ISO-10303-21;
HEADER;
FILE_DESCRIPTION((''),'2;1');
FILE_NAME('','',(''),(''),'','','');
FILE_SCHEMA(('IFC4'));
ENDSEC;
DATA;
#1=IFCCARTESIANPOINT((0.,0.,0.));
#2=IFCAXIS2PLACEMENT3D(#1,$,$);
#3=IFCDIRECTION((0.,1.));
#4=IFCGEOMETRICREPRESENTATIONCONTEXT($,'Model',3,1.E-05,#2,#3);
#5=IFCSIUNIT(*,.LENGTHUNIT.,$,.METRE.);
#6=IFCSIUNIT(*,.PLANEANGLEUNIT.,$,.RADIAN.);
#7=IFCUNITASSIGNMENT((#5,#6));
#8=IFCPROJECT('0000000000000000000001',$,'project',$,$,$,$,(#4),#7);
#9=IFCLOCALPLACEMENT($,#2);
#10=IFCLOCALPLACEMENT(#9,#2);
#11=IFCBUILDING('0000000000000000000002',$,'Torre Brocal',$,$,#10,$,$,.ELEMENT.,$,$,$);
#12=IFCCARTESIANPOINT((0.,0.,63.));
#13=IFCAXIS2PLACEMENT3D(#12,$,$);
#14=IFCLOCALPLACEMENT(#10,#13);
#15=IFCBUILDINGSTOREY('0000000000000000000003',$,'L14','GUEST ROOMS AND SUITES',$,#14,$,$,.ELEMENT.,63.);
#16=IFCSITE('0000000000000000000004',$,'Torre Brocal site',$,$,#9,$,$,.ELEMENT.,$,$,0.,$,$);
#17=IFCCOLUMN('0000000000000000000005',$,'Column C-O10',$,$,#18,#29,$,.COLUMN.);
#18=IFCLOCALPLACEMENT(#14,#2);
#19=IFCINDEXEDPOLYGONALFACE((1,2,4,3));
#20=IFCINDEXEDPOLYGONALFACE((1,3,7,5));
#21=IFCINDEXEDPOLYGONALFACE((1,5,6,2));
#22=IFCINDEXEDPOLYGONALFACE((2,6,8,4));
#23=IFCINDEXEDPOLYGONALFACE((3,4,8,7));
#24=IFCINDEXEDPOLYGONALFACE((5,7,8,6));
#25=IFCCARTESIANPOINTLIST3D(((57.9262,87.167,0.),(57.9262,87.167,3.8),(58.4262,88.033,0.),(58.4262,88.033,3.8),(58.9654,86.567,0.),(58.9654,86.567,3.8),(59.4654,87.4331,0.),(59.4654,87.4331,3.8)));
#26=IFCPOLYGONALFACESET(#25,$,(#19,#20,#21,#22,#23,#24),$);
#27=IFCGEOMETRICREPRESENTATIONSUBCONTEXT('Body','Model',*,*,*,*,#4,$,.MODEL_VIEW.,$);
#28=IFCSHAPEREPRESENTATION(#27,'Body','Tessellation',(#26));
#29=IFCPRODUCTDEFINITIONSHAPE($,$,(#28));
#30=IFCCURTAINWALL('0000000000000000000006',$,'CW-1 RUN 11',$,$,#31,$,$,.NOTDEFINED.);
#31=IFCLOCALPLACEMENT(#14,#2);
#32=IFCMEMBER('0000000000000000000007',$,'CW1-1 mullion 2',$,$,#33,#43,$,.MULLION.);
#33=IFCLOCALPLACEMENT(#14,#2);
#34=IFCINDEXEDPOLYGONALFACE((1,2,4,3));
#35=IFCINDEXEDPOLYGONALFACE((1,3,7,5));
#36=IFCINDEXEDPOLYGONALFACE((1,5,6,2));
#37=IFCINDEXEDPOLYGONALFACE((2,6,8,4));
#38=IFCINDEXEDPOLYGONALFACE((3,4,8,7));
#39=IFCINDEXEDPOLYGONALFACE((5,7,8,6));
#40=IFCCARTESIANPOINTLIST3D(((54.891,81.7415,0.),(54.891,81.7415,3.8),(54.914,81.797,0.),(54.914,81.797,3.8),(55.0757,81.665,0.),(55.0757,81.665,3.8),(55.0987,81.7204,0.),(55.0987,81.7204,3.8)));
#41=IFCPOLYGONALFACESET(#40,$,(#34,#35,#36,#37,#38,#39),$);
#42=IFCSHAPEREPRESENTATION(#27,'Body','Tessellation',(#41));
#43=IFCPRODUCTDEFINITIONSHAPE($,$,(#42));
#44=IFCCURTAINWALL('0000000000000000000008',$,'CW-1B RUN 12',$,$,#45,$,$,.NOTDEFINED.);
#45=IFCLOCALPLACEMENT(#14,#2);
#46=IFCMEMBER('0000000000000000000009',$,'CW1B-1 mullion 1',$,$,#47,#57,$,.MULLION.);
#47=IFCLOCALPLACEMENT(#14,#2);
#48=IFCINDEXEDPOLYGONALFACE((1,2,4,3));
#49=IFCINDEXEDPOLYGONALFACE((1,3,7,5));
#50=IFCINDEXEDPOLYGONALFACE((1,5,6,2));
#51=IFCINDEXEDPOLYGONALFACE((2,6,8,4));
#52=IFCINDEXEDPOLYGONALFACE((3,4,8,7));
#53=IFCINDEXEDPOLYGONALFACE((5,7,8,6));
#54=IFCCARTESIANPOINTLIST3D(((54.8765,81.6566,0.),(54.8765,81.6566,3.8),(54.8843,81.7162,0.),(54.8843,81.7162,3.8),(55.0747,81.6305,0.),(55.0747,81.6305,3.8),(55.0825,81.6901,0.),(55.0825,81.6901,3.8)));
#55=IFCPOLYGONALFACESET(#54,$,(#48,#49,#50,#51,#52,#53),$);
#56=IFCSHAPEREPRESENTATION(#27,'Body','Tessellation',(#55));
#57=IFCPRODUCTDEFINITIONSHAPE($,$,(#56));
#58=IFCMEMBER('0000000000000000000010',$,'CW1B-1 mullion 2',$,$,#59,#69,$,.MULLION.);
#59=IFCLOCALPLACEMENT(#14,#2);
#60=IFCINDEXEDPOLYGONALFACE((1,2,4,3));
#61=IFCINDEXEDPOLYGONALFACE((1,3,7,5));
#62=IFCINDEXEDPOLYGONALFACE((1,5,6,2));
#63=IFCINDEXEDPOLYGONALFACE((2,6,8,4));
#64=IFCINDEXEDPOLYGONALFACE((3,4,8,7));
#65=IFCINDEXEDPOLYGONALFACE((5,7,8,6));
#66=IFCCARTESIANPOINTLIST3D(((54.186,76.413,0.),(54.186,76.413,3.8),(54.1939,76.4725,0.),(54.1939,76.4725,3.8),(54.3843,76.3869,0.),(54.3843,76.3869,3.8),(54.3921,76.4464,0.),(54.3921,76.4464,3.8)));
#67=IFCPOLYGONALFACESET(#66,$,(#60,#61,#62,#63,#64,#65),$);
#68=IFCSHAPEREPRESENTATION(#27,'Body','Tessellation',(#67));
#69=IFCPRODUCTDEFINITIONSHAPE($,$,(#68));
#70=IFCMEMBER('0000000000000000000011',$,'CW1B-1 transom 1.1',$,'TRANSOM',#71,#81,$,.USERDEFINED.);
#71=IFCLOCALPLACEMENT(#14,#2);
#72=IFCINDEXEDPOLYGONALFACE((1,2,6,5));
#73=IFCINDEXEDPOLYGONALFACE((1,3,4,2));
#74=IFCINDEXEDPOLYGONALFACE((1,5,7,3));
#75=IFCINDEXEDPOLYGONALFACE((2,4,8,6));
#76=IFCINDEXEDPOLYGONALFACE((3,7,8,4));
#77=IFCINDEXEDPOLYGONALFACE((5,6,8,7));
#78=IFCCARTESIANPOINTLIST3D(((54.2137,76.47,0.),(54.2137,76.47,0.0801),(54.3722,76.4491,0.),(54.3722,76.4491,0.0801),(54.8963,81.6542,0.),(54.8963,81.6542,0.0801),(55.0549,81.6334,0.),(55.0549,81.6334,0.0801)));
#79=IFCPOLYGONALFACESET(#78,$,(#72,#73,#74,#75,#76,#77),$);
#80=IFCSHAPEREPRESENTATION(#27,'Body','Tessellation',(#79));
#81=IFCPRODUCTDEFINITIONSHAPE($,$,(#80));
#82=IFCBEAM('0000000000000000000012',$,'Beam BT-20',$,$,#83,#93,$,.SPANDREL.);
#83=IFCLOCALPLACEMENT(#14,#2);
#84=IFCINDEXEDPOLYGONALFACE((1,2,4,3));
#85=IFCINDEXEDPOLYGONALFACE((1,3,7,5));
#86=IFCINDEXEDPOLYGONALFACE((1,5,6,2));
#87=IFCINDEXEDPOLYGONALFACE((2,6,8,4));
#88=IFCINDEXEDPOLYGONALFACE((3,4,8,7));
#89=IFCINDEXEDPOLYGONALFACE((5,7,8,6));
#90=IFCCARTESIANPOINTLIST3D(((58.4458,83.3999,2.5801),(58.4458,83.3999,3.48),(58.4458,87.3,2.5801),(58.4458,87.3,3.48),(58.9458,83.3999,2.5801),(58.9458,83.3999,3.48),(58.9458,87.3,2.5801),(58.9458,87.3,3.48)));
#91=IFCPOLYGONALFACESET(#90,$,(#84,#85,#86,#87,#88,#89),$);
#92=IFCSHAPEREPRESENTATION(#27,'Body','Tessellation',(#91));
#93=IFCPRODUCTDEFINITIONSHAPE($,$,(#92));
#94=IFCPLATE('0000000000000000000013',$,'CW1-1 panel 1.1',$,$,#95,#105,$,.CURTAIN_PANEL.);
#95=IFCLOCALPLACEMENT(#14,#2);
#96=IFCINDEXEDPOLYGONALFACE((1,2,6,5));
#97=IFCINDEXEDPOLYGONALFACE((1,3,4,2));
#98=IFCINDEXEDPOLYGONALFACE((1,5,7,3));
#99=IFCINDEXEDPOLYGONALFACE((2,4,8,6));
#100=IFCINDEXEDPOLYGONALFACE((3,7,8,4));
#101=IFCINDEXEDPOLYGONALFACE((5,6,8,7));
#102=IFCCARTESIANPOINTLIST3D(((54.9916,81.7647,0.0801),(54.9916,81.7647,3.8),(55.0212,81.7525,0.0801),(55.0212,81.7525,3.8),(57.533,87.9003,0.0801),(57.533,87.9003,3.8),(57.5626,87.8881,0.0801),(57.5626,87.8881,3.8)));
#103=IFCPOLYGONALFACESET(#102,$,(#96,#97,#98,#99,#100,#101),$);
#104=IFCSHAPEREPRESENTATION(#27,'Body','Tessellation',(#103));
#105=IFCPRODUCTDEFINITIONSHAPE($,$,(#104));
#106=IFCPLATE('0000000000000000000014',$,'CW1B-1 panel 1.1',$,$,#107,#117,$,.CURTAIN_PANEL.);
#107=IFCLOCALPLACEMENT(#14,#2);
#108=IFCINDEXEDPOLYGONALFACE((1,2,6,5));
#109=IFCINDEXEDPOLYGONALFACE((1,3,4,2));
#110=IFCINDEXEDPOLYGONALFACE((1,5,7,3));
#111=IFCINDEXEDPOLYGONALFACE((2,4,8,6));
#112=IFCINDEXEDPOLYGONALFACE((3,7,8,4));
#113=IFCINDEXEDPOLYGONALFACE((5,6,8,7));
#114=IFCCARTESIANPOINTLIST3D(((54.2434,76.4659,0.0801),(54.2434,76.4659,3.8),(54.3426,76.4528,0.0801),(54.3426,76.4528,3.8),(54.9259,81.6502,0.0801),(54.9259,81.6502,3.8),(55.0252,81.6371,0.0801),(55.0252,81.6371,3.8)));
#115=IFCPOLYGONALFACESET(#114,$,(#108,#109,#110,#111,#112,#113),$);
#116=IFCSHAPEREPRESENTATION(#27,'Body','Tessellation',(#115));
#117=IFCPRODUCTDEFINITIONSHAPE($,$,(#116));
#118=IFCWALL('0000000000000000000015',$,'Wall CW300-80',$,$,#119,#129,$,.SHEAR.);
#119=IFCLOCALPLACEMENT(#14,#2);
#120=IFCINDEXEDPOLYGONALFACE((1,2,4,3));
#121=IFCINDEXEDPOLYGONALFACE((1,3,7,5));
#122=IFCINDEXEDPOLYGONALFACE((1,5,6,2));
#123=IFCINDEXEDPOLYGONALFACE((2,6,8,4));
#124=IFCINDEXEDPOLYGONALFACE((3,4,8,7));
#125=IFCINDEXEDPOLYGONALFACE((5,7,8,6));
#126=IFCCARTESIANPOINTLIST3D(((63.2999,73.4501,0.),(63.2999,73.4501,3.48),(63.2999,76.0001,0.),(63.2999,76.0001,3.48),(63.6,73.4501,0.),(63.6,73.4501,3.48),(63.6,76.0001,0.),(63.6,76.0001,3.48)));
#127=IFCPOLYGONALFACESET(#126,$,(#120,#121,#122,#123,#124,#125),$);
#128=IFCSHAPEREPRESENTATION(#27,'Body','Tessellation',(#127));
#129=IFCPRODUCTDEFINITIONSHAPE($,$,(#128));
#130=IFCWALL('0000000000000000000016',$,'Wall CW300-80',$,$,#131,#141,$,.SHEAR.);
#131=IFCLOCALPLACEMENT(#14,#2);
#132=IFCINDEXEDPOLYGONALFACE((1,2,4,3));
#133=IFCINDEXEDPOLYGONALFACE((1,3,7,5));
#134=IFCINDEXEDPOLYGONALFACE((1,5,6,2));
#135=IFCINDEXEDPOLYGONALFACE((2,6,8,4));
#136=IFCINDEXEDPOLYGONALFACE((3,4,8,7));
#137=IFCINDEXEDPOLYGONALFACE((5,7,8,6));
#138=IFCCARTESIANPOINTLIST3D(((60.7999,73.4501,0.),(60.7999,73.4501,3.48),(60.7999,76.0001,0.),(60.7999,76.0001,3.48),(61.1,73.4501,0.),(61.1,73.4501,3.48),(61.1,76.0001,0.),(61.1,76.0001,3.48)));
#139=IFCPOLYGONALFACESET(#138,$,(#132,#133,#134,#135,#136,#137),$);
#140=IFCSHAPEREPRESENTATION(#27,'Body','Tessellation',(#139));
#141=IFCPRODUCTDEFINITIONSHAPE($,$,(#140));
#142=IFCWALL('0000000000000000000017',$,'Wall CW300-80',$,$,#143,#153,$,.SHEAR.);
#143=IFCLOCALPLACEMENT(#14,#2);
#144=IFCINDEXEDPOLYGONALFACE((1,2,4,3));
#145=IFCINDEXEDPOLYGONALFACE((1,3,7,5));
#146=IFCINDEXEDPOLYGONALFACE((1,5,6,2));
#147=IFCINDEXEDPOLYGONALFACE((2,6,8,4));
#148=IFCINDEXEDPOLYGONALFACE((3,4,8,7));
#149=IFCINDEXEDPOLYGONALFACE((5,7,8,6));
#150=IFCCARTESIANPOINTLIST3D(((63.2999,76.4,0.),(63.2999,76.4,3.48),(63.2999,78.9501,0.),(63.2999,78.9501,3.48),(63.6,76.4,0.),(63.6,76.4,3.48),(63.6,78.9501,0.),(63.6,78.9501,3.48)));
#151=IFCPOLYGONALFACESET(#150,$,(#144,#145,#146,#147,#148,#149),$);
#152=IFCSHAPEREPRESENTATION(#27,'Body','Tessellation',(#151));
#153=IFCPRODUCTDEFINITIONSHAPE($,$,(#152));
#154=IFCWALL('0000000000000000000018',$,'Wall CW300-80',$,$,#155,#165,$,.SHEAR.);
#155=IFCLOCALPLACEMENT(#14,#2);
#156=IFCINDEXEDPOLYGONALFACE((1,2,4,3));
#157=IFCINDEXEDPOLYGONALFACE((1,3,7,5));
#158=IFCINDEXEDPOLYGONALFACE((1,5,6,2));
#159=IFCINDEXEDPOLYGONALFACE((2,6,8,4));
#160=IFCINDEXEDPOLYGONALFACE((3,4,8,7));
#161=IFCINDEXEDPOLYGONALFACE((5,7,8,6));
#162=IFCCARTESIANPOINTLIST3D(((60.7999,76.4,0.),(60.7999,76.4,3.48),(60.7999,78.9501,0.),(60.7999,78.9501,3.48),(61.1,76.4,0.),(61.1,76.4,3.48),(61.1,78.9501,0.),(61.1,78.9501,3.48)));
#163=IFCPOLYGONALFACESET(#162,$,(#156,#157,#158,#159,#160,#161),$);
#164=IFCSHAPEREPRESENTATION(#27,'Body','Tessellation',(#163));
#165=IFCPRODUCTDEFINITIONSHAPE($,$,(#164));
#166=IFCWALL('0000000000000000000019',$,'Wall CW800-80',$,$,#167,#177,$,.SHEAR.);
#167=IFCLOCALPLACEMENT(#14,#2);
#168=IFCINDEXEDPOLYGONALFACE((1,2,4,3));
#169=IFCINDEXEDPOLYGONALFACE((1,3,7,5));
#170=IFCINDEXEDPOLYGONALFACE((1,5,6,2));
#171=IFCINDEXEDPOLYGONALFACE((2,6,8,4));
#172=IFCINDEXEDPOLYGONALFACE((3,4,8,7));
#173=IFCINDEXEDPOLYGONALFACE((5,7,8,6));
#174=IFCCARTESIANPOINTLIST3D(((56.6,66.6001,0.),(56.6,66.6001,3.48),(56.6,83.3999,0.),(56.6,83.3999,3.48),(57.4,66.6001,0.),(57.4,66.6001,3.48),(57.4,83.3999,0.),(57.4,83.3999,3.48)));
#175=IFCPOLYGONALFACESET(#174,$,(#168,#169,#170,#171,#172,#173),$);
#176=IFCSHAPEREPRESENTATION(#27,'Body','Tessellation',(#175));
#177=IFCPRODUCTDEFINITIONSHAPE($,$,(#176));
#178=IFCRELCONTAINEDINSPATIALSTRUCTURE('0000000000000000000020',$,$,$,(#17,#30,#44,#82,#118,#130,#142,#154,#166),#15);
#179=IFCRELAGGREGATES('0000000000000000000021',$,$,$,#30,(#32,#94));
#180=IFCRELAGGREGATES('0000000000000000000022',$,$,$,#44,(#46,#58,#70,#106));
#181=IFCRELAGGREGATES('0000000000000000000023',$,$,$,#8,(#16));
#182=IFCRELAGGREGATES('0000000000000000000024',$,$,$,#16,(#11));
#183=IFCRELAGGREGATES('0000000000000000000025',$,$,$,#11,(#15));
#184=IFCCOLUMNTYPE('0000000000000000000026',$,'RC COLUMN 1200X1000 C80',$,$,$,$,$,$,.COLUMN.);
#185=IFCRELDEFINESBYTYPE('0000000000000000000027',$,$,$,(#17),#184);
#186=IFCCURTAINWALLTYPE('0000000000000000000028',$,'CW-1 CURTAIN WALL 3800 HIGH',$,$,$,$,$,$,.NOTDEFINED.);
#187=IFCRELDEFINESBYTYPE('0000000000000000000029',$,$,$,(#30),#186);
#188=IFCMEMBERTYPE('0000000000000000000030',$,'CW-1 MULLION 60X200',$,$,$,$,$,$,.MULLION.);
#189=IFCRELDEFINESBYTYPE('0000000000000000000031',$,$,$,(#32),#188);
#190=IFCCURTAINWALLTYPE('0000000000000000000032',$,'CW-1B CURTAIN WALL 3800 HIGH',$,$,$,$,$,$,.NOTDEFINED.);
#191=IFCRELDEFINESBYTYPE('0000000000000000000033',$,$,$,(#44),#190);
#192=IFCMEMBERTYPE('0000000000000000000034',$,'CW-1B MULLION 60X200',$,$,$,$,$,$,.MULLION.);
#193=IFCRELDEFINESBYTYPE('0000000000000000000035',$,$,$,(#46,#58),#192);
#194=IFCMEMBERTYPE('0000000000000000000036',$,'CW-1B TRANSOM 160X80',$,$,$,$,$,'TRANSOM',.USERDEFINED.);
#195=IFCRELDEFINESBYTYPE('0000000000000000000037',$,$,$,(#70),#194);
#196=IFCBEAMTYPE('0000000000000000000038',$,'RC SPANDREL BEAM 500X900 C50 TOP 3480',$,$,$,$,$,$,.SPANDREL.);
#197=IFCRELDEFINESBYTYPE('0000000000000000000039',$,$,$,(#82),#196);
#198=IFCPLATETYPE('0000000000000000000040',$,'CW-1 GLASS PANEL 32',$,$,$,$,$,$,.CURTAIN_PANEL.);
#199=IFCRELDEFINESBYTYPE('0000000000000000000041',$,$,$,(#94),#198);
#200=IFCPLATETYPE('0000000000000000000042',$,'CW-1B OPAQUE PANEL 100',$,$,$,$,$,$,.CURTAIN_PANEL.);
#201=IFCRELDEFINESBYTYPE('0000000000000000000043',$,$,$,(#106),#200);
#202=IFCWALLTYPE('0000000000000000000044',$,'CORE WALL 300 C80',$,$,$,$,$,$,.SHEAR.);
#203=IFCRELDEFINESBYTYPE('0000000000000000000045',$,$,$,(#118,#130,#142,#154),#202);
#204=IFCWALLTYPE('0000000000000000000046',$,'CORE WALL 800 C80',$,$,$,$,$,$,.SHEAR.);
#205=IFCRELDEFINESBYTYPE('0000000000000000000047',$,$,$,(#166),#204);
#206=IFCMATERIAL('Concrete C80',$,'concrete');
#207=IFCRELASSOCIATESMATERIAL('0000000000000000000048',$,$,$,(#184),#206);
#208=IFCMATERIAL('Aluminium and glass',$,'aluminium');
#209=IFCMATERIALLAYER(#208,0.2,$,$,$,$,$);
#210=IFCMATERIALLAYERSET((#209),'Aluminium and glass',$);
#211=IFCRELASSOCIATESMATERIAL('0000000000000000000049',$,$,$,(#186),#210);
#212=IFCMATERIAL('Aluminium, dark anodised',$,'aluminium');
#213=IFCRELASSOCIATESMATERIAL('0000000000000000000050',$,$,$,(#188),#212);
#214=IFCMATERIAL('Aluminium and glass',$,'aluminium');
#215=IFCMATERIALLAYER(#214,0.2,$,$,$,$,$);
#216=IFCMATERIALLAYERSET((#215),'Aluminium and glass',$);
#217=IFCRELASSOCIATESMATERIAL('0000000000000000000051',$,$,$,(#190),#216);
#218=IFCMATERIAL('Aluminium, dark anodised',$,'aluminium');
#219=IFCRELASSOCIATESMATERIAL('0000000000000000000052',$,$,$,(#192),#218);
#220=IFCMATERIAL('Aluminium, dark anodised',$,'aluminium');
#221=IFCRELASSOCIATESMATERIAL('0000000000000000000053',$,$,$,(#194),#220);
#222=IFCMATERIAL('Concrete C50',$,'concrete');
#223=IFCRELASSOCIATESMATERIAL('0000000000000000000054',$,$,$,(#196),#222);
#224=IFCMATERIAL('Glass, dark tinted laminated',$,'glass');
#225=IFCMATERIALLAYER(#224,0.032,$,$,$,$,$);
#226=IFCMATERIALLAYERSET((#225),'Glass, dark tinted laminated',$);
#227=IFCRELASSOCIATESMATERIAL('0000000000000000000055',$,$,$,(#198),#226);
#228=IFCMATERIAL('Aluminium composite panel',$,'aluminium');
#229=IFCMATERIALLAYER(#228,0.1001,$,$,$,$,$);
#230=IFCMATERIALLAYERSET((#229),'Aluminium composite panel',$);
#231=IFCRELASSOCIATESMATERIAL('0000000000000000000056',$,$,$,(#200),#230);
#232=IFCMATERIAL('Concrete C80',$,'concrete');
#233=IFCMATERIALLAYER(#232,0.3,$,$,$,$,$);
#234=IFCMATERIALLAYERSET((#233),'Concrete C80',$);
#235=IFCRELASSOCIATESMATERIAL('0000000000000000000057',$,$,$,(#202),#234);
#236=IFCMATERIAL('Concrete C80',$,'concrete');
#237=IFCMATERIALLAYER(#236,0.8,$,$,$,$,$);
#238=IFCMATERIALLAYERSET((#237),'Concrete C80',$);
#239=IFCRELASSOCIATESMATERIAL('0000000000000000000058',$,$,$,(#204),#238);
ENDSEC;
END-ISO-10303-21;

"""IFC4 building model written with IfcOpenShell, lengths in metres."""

from ifc_helpers import new_model, si_unit, direction, frame, frame_2d, origin, origin_2d, place, context, subcontext, project, spatial, rectangle, extrude, material, layer, layer_set, material_profile, profile_set, type_object, element, aggregate, save


model = new_model("IFC4")

# Units and contexts
model_context = context("Model", 3, precision=1e-05, world=origin(), true_north=direction((0.0, 1.0)))
body_context = subcontext(model_context, "Body", "Model", "MODEL_VIEW")
ifc_project = project(units=[si_unit("LENGTHUNIT", "METRE"), si_unit("PLANEANGLEUNIT", "RADIAN")], contexts=[model_context])

# Site, building, storey
site_placement = place(None, origin())
site = spatial("IfcSite", under=ifc_project, at=site_placement, Name="Torre Brocal site", CompositionType="ELEMENT", RefElevation=0.0)
building_placement = place(site_placement, origin())
building = spatial("IfcBuilding", under=site, at=building_placement, Name="Torre Brocal", CompositionType="ELEMENT")
storey_placement = place(building_placement, frame((0.0, 0.0, 63.0)))
storey = spatial("IfcBuildingStorey", under=building, at=storey_placement, Name="L14", Description="GUEST ROOMS AND SUITES", CompositionType="ELEMENT", Elevation=63.0)

# Column
ifc_material_1 = material(Name="Concrete C80", Category="concrete")
ifc_material_profile_1 = material_profile(ifc_material_1, rectangle(XDim=1.2, YDim=1.0, at=origin_2d()), Name="RC 1200X1000")
ifc_profile_set_1 = profile_set([ifc_material_profile_1], Name="Concrete C80")
column_type = type_object("IfcColumnType", Name="RC COLUMN 1200X1000 C80", PredefinedType="COLUMN", material=ifc_profile_set_1)
column_placement = place(storey_placement, frame((58.6958, 87.3, 0.0), z_axis=(0.0, 0.0, 1.0), x_axis=(-0.866025, 0.5, 0.0)))
element("IfcColumn", 1, at=column_placement, inside=storey, type_object=column_type, Name="Column C-O10", PredefinedType="COLUMN", context=body_context, shape_type="SweptSolid", body=[
    extrude(rectangle(XDim=1.2, YDim=1.0, at=origin_2d()), origin(), (0.0, 0.0, 1.0), 3.8),
])

# Curtain wall, member
ifc_material_2 = material(Name="Aluminium and glass", Category="aluminium")
ifc_layer_1 = layer(ifc_material_2, 0.2)
ifc_layer_set_1 = layer_set([ifc_layer_1], Name="Aluminium and glass")
curtain_wall_type_1 = type_object("IfcCurtainWallType", Name="CW-1 CURTAIN WALL 3800 HIGH", PredefinedType="NOTDEFINED", material=ifc_layer_set_1)
curtain_wall_1_placement = place(storey_placement, origin())
curtain_wall_1 = element("IfcCurtainWall", 2, at=curtain_wall_1_placement, inside=storey, type_object=curtain_wall_type_1, Name="CW-1 RUN 11", PredefinedType="NOTDEFINED")
ifc_material_3 = material(Name="Aluminium, dark anodised", Category="aluminium")
ifc_material_profile_2 = material_profile(ifc_material_3, rectangle(XDim=0.2, YDim=0.0601, at=origin_2d()), Name="CW-1 MULLION 60X200")
ifc_profile_set_2 = profile_set([ifc_material_profile_2], Name="Aluminium, dark anodised")
member_type_1 = type_object("IfcMemberType", Name="CW-1 MULLION 60X200", PredefinedType="MULLION", material=ifc_profile_set_2)
member_1_placement = place(storey_placement, frame((54.9949, 81.731, 0.0), z_axis=(0.0, 0.0, 1.0), x_axis=(0.92388, -0.382683, 0.0)))
member_1 = element("IfcMember", 3, at=member_1_placement, type_object=member_type_1, Name="CW1-1 mullion 2", PredefinedType="MULLION", context=body_context, shape_type="SweptSolid", body=[
    extrude(rectangle(XDim=0.2, YDim=0.0601, at=origin_2d()), origin(), (0.0, 0.0, 1.0), 3.8),
])

# Curtain wall, members
ifc_material_4 = material(Name="Aluminium and glass", Category="aluminium")
ifc_layer_2 = layer(ifc_material_4, 0.2)
ifc_layer_set_2 = layer_set([ifc_layer_2], Name="Aluminium and glass")
curtain_wall_type_2 = type_object("IfcCurtainWallType", Name="CW-1B CURTAIN WALL 3800 HIGH", PredefinedType="NOTDEFINED", material=ifc_layer_set_2)
curtain_wall_2_placement = place(storey_placement, origin())
curtain_wall_2 = element("IfcCurtainWall", 4, at=curtain_wall_2_placement, inside=storey, type_object=curtain_wall_type_2, Name="CW-1B RUN 12", PredefinedType="NOTDEFINED")
ifc_material_5 = material(Name="Aluminium, dark anodised", Category="aluminium")
ifc_material_profile_3 = material_profile(ifc_material_5, rectangle(XDim=0.2, YDim=0.0601, at=origin_2d()), Name="CW-1B MULLION 60X200")
ifc_profile_set_3 = profile_set([ifc_material_profile_3], Name="Aluminium, dark anodised")
member_type_2 = type_object("IfcMemberType", Name="CW-1B MULLION 60X200", PredefinedType="MULLION", material=ifc_profile_set_3)
member_2_placement = place(storey_placement, frame((54.9795, 81.6733, 0.0), z_axis=(0.0, 0.0, 1.0), x_axis=(0.991445, -0.130526, 0.0)))
member_2 = element("IfcMember", 5, at=member_2_placement, type_object=member_type_2, Name="CW1B-1 mullion 1", PredefinedType="MULLION", context=body_context, shape_type="SweptSolid", body=[
    extrude(rectangle(XDim=0.2, YDim=0.0601, at=origin_2d()), origin(), (0.0, 0.0, 1.0), 3.8),
])
member_3_placement = place(storey_placement, frame((54.2891, 76.4297, 0.0), z_axis=(0.0, 0.0, 1.0), x_axis=(0.991445, -0.130526, 0.0)))
member_3 = element("IfcMember", 6, at=member_3_placement, type_object=member_type_2, Name="CW1B-1 mullion 2", PredefinedType="MULLION", context=body_context, shape_type="SweptSolid", body=[
    extrude(rectangle(XDim=0.2, YDim=0.0601, at=origin_2d()), origin(), (0.0, 0.0, 1.0), 3.8),
])
ifc_material_6 = material(Name="Aluminium, dark anodised", Category="aluminium")
ifc_material_profile_4 = material_profile(ifc_material_6, rectangle(XDim=0.1599, YDim=0.0801, at=origin_2d()), Name="CW-1B TRANSOM 160X80")
ifc_profile_set_4 = profile_set([ifc_material_profile_4], Name="Aluminium, dark anodised")
member_type_3 = type_object("IfcMemberType", Name="CW-1B TRANSOM 160X80", ElementType="TRANSOM", PredefinedType="USERDEFINED", material=ifc_profile_set_4)
member_4_placement = place(storey_placement, frame((54.9756, 81.6438, 0.04), z_axis=(-0.130543, -0.991443, 0.0), x_axis=(0.991443, -0.130543, 0.0)))
member_4 = element("IfcMember", 7, at=member_4_placement, type_object=member_type_3, Name="CW1B-1 transom 1.1", ObjectType="TRANSOM", PredefinedType="USERDEFINED", context=body_context, shape_type="SweptSolid", body=[
    extrude(rectangle(XDim=0.1599, YDim=0.0801, at=origin_2d()), origin(), (0.0, 0.0, 1.0), 5.229),
])

# Beam
ifc_material_7 = material(Name="Concrete C50", Category="concrete")
ifc_material_profile_5 = material_profile(ifc_material_7, rectangle(XDim=0.5, YDim=0.8999, at=origin_2d()), Name="RC 500X900")
ifc_profile_set_5 = profile_set([ifc_material_profile_5], Name="Concrete C50")
beam_type = type_object("IfcBeamType", Name="RC SPANDREL BEAM 500X900 C50 TOP 3480", PredefinedType="SPANDREL", material=ifc_profile_set_5)
beam_placement = place(storey_placement, frame((58.6958, 87.3, 3.03), z_axis=(0.0, -1.0, 0.0), x_axis=(1.0, 0.0, 0.0)))
element("IfcBeam", 8, at=beam_placement, inside=storey, type_object=beam_type, Name="Beam BT-20", PredefinedType="SPANDREL", context=body_context, shape_type="SweptSolid", body=[
    extrude(rectangle(XDim=0.5, YDim=0.8999, at=origin_2d()), origin(), (0.0, 0.0, 1.0), 3.9001),
])

# Plates
ifc_material_8 = material(Name="Glass, dark tinted laminated", Category="glass")
ifc_layer_3 = layer(ifc_material_8, 0.032)
ifc_layer_set_3 = layer_set([ifc_layer_3], Name="Glass, dark tinted laminated")
plate_type_1 = type_object("IfcPlateType", Name="CW-1 GLASS PANEL 32", PredefinedType="CURTAIN_PANEL", material=ifc_layer_set_3)
plate_1_placement = place(storey_placement, frame((56.2771, 84.8264, 0.0801), z_axis=(0.0, 0.0, 1.0), x_axis=(-0.382683, -0.92388, 0.0)))
plate_1 = element("IfcPlate", 9, at=plate_1_placement, type_object=plate_type_1, Name="CW1-1 panel 1.1", PredefinedType="CURTAIN_PANEL", context=body_context, shape_type="SweptSolid", body=[
    extrude(rectangle(XDim=6.6411, YDim=0.032, at=origin_2d()), origin(), (0.0, 0.0, 1.0), 3.72),
])
aggregate(curtain_wall_1, [member_1, plate_1])
ifc_material_9 = material(Name="Aluminium composite panel", Category="aluminium")
ifc_layer_4 = layer(ifc_material_9, 0.1001)
ifc_layer_set_4 = layer_set([ifc_layer_4], Name="Aluminium composite panel")
plate_type_2 = type_object("IfcPlateType", Name="CW-1B OPAQUE PANEL 100", PredefinedType="CURTAIN_PANEL", material=ifc_layer_set_4)
plate_2_placement = place(storey_placement, frame((54.6343, 79.0515, 0.0801), z_axis=(0.0, 0.0, 1.0), x_axis=(-0.130526, -0.991445, 0.0)))
plate_2 = element("IfcPlate", 10, at=plate_2_placement, type_object=plate_type_2, Name="CW1B-1 panel 1.1", PredefinedType="CURTAIN_PANEL", context=body_context, shape_type="SweptSolid", body=[
    extrude(rectangle(XDim=5.229, YDim=0.1001, at=origin_2d()), origin(), (0.0, 0.0, 1.0), 3.72),
])
aggregate(curtain_wall_2, [member_2, member_3, member_4, plate_2])

# Walls
ifc_material_10 = material(Name="Concrete C80", Category="concrete")
ifc_layer_5 = layer(ifc_material_10, 0.3)
ifc_layer_set_5 = layer_set([ifc_layer_5], Name="Concrete C80")
wall_type_1 = type_object("IfcWallType", Name="CORE WALL 300 C80", PredefinedType="SHEAR", material=ifc_layer_set_5)
for number, where, z_axis, x_axis, name in (
    (11, (63.45, 76.0, 0.0), (0.0, 0.0, 1.0), (0.0, -1.0, 0.0), "Wall CW300-80"),
    (12, (60.95, 76.0, 0.0), (0.0, 0.0, 1.0), (0.0, -1.0, 0.0), "Wall CW300-80"),
    (13, (63.45, 78.95, 0.0), (0.0, 0.0, 1.0), (0.0, -1.0, 0.0), "Wall CW300-80"),
    (14, (60.95, 78.95, 0.0), (0.0, 0.0, 1.0), (0.0, -1.0, 0.0), "Wall CW300-80"),
):
    element("IfcWall", number, at=place(storey_placement, frame(where, z_axis=z_axis, x_axis=x_axis)), inside=storey, type_object=wall_type_1, Name=name, PredefinedType="SHEAR", context=body_context, shape_type="SweptSolid", body=[
        extrude(rectangle(XDim=2.55, YDim=0.3, at=frame_2d((1.2749, 0.0))), origin(), (0.0, 0.0, 1.0), 3.48),
    ])
ifc_material_11 = material(Name="Concrete C80", Category="concrete")
ifc_layer_6 = layer(ifc_material_11, 0.8)
ifc_layer_set_6 = layer_set([ifc_layer_6], Name="Concrete C80")
wall_type_2 = type_object("IfcWallType", Name="CORE WALL 800 C80", PredefinedType="SHEAR", material=ifc_layer_set_6)
wall_1_placement = place(storey_placement, frame((57.0, 83.3999, 0.0), z_axis=(0.0, 0.0, 1.0), x_axis=(0.0, -1.0, 0.0)))
element("IfcWall", 15, at=wall_1_placement, inside=storey, type_object=wall_type_2, Name="Wall CW800-80", PredefinedType="SHEAR", context=body_context, shape_type="SweptSolid", body=[
    extrude(rectangle(XDim=16.7998, YDim=0.8, at=frame_2d((8.3999, 0.0))), origin(), (0.0, 0.0, 1.0), 3.48),
])

save(model, "model.ifc")
